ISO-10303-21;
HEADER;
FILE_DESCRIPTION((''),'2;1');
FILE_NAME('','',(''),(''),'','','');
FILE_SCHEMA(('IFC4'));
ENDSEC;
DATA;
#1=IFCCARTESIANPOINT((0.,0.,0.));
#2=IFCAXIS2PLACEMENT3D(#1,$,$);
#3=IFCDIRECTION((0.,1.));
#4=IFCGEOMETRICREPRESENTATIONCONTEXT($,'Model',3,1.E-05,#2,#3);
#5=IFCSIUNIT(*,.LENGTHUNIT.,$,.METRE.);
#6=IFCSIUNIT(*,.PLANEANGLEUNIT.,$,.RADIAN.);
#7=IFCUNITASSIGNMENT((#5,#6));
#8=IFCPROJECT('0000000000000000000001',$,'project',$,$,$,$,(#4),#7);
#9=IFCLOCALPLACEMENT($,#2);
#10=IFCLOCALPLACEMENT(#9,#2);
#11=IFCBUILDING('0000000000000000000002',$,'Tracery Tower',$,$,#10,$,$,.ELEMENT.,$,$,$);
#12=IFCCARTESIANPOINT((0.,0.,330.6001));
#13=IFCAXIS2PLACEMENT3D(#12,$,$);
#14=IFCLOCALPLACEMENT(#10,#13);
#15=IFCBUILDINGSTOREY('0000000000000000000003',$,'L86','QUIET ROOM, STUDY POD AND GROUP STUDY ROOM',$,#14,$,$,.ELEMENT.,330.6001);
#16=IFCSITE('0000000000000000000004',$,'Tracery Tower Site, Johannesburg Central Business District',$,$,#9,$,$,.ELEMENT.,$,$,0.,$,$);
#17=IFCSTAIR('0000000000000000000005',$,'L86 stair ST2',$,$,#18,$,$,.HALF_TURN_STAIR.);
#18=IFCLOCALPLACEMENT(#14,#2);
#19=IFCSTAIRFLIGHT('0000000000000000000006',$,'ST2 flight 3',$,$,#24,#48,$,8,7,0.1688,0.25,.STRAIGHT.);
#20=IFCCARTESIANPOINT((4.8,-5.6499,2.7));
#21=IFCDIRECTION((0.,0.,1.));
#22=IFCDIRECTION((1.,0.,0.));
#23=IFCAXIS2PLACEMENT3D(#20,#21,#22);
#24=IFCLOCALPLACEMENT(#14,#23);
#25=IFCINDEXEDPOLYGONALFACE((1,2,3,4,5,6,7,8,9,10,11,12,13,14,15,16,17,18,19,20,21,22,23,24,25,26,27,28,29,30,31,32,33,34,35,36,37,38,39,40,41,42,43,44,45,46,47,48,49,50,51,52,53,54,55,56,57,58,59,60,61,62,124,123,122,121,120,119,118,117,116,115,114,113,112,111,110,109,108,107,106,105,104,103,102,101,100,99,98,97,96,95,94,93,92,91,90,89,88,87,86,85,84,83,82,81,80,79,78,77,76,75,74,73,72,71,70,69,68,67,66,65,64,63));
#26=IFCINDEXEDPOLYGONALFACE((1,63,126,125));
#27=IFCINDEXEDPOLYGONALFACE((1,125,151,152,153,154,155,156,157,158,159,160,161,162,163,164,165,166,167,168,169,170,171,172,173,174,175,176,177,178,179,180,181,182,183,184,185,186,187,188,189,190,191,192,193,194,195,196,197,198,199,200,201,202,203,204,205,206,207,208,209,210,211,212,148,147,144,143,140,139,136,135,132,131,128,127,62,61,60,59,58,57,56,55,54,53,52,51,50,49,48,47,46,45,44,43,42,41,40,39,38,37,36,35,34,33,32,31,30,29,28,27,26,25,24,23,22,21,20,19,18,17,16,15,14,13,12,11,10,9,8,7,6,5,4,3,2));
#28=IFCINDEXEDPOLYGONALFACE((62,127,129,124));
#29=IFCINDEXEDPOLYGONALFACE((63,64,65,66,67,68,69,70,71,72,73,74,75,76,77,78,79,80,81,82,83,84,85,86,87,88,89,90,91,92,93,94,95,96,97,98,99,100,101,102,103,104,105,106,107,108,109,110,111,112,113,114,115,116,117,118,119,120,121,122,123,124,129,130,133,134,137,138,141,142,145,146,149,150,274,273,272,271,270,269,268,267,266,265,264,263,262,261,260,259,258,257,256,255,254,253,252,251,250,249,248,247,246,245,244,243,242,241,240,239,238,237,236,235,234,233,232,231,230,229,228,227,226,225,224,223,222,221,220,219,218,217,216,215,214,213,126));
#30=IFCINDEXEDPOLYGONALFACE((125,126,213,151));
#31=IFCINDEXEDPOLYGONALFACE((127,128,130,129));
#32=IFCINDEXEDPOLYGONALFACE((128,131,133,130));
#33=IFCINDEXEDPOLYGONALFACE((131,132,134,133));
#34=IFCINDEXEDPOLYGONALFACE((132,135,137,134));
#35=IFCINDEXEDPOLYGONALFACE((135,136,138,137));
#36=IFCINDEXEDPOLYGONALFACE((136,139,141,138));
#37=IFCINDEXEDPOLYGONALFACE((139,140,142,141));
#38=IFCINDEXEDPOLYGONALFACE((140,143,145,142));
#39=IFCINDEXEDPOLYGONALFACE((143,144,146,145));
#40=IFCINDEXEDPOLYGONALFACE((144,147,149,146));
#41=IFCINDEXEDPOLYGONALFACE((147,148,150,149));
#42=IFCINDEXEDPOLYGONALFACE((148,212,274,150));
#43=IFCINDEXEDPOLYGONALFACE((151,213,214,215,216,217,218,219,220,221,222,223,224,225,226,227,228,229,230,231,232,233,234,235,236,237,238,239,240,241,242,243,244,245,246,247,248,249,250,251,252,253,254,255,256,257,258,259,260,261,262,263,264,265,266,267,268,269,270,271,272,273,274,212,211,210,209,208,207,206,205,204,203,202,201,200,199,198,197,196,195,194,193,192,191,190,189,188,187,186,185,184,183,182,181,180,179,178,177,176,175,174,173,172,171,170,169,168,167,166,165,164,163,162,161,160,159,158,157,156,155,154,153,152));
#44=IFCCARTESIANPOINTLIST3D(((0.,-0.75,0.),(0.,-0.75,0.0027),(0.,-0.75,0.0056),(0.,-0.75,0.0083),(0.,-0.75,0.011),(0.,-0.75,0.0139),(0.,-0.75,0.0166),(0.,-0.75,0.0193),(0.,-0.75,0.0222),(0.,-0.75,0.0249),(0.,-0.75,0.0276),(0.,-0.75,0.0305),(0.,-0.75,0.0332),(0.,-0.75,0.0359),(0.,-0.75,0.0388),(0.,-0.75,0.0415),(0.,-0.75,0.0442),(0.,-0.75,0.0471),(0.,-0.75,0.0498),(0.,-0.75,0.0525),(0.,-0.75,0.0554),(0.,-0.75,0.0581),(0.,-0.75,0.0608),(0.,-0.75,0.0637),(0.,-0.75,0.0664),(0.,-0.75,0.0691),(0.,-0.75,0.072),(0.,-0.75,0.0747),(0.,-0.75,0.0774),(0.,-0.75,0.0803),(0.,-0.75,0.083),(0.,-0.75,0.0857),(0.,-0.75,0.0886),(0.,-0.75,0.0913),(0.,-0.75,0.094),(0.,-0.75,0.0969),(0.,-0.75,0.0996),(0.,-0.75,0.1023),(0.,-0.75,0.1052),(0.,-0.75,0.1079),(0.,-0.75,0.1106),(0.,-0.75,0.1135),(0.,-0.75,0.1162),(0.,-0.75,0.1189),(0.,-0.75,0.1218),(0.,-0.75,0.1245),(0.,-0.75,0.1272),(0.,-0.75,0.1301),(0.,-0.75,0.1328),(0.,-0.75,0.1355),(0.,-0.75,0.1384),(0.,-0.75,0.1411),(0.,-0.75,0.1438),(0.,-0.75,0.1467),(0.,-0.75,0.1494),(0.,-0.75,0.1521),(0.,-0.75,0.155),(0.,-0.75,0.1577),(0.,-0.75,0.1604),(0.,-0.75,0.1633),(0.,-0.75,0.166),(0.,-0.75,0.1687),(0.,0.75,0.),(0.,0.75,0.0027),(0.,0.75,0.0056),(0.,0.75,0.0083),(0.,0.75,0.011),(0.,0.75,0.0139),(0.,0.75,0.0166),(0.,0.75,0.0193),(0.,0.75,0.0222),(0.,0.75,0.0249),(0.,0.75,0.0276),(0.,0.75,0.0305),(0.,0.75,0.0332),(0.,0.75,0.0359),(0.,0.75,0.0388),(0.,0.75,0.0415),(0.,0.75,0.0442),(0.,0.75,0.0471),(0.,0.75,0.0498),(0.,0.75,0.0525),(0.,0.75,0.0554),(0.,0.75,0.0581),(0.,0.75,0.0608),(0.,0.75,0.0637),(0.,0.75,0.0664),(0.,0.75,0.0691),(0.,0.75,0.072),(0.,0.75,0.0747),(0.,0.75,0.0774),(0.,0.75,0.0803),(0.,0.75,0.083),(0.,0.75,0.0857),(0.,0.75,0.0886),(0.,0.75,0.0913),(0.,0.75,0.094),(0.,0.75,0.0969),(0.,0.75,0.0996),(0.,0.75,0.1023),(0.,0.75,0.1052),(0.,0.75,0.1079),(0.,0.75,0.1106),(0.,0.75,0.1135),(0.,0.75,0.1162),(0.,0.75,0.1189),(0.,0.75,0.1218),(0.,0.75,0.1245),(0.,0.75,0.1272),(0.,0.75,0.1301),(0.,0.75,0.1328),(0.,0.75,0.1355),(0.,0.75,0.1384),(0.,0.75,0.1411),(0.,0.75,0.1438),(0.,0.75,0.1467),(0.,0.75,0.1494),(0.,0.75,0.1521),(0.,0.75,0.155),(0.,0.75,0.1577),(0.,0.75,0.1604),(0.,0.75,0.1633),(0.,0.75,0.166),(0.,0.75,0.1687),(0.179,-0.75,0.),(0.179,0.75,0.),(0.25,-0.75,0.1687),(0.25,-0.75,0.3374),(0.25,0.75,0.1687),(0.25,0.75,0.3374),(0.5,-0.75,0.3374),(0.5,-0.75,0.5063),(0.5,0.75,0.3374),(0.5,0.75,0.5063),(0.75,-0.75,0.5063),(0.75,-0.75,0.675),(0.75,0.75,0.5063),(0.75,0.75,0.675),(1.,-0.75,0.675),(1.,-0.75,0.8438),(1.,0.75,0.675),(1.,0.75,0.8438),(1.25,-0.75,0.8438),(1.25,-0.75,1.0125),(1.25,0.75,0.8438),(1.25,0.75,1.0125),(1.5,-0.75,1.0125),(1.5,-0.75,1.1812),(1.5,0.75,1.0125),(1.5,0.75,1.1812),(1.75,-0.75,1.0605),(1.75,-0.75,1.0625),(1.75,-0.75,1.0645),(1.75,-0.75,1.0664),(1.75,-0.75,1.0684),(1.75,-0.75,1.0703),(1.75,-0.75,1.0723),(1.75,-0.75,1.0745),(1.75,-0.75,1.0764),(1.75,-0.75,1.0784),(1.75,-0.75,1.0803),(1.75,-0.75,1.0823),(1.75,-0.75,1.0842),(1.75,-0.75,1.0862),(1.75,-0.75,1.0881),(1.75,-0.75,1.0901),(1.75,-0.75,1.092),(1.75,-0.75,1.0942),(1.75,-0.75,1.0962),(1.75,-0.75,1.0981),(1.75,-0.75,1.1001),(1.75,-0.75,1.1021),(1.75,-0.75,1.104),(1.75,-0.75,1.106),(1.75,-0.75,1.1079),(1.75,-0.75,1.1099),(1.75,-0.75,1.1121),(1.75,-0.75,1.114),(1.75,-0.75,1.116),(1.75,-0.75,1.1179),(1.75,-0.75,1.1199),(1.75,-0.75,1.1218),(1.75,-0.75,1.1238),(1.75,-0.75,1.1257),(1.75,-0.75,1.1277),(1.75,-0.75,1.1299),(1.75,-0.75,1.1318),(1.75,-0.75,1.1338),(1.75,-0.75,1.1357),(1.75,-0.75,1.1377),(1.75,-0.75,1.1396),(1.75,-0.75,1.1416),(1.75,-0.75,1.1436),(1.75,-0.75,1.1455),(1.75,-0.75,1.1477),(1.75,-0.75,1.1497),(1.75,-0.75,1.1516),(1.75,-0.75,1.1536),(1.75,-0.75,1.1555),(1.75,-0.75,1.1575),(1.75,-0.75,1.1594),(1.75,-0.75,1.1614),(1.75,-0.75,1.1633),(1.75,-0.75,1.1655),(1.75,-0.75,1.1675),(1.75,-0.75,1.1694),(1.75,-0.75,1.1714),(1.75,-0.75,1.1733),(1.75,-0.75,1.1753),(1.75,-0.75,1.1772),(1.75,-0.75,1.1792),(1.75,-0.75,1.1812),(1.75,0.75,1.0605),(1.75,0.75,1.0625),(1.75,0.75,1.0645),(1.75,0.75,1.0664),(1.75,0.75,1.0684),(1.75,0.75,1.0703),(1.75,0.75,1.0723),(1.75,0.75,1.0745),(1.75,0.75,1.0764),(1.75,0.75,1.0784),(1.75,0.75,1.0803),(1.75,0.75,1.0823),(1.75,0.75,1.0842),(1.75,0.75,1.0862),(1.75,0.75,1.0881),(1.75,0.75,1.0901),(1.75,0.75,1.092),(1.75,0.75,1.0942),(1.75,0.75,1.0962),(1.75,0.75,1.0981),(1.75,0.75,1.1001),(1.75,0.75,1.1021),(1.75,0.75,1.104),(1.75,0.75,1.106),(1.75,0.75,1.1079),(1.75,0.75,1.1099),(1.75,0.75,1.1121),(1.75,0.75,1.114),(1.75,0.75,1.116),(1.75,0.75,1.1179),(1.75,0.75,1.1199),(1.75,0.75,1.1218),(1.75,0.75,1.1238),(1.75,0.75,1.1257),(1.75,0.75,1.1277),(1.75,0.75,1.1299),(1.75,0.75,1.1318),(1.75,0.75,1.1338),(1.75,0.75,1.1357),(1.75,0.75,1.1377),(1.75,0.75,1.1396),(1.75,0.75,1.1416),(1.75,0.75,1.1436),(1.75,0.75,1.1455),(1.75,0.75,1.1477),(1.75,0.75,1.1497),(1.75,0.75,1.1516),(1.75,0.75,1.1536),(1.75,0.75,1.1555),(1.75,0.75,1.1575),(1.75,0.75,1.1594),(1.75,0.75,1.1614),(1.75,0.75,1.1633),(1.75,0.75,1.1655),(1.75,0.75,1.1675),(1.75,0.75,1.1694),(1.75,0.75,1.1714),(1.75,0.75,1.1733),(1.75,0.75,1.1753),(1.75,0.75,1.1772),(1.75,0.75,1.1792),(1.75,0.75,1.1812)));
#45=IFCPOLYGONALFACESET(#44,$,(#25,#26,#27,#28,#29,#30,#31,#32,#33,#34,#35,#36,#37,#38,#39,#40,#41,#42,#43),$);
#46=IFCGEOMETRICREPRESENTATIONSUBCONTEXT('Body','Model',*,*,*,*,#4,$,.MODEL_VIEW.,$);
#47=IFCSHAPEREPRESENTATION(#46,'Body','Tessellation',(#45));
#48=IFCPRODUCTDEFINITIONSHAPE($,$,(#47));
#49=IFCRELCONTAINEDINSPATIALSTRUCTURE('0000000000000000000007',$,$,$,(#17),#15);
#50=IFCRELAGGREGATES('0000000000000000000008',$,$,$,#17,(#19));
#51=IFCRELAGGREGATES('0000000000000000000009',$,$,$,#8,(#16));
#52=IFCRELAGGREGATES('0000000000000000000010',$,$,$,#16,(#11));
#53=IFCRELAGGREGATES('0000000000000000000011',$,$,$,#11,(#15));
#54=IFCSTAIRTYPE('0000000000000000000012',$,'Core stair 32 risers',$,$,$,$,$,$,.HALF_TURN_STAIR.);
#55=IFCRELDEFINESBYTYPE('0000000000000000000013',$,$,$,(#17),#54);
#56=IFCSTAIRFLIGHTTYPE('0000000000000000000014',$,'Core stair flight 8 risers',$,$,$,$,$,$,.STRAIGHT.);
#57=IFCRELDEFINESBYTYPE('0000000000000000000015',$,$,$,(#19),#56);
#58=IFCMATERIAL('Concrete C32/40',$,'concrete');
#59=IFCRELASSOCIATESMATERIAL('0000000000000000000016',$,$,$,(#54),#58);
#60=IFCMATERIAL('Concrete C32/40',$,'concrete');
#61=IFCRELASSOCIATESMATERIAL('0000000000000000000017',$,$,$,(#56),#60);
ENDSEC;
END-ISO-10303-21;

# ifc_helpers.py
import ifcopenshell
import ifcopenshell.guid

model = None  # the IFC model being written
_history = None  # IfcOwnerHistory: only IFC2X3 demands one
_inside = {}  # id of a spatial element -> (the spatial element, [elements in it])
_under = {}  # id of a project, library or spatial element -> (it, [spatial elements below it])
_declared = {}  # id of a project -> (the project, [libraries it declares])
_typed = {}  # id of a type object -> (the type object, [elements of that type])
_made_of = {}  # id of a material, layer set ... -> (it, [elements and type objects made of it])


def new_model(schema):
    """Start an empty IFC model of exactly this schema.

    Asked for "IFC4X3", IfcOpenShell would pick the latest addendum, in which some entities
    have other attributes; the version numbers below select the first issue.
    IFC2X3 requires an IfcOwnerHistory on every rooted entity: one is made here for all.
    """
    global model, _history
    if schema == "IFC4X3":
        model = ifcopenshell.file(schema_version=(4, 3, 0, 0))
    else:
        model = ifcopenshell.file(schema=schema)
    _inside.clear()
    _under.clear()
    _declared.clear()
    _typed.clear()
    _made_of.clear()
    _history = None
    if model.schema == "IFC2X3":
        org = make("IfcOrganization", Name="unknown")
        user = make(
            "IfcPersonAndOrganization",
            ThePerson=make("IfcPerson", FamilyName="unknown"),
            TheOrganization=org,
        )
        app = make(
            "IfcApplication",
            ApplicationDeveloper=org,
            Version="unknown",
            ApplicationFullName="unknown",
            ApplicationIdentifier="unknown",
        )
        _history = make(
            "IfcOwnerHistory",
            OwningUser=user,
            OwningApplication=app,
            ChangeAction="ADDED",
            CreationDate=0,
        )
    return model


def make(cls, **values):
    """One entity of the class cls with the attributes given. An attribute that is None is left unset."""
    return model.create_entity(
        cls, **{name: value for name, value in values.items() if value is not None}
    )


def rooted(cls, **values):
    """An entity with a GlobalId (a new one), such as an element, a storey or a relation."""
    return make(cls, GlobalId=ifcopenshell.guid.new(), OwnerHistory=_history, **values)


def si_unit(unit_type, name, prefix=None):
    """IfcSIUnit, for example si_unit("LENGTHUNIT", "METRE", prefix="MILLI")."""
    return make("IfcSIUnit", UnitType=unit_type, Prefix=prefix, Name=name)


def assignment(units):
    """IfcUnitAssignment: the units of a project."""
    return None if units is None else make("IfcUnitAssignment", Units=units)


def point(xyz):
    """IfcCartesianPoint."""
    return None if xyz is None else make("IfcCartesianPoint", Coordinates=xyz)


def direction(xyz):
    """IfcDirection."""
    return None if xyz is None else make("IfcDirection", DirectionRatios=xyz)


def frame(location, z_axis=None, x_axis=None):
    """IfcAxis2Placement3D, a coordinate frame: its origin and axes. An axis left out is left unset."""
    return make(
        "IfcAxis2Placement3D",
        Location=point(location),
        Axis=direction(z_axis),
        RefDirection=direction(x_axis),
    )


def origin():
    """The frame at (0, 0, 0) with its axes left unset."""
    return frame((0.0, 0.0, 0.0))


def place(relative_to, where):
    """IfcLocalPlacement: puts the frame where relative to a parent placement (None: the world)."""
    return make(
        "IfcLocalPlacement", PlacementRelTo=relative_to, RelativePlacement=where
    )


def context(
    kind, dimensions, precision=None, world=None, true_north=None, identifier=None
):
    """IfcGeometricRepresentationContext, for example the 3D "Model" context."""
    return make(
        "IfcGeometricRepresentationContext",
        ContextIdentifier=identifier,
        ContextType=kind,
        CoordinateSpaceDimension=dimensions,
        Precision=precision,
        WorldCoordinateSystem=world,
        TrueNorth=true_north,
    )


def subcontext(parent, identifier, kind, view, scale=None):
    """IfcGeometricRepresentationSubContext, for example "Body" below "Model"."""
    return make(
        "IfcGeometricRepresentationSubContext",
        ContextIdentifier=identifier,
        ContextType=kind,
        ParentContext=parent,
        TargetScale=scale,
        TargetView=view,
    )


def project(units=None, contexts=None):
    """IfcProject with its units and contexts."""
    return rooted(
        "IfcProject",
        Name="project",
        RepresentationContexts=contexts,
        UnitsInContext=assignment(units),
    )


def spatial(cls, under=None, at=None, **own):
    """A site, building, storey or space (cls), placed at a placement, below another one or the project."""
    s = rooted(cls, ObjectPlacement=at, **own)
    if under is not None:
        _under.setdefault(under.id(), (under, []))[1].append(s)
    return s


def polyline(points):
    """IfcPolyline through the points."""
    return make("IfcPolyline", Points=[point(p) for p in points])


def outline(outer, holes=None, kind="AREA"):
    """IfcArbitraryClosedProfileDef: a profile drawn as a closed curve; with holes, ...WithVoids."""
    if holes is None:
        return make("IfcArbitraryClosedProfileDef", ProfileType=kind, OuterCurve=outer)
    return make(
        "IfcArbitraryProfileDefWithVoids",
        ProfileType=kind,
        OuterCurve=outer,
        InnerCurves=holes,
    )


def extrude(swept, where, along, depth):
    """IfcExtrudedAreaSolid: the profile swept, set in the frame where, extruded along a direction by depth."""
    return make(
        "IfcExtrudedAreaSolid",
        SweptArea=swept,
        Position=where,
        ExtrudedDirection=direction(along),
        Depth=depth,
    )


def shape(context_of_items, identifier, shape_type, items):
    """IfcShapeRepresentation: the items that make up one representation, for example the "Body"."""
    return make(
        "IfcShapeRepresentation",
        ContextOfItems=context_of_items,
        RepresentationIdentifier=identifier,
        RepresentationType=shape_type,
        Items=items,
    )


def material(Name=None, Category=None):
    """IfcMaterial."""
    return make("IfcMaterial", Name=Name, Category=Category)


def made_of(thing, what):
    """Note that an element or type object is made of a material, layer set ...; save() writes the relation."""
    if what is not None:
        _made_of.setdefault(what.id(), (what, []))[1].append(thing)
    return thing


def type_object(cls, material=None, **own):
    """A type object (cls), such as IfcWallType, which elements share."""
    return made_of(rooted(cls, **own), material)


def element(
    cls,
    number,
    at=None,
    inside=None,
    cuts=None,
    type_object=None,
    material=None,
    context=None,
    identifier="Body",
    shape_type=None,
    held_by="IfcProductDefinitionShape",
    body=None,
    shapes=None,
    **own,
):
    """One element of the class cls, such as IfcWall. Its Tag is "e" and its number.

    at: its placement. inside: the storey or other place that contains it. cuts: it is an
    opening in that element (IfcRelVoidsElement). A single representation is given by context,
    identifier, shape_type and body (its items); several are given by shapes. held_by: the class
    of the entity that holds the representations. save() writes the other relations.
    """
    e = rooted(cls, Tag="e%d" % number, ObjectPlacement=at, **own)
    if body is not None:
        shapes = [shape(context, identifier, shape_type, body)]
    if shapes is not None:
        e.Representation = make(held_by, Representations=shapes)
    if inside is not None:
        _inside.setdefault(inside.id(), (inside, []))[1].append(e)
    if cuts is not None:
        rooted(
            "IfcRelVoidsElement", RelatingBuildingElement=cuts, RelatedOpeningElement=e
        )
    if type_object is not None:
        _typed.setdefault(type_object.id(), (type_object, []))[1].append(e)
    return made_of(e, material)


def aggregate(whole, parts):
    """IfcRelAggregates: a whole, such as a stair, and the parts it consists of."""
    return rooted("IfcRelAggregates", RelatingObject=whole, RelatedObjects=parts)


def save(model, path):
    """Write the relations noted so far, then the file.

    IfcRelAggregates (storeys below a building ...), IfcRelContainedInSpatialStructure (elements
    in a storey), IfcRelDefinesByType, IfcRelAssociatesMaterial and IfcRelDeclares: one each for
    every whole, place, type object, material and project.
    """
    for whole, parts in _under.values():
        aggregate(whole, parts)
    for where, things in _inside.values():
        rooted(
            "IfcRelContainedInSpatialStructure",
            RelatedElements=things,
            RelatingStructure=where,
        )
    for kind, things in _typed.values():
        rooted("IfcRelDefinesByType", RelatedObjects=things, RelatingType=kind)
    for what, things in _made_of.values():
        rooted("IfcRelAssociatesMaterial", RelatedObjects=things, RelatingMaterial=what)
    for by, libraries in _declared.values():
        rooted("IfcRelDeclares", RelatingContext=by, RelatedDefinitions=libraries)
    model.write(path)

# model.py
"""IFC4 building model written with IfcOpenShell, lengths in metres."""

from ifc_helpers import new_model, si_unit, direction, frame, origin, place, context, subcontext, project, spatial, polyline, outline, extrude, material, type_object, element, aggregate, save


model = new_model("IFC4")

# Units and contexts
model_context = context("Model", 3, precision=1e-05, world=origin(), true_north=direction((0.0, 1.0)))
body_context = subcontext(model_context, "Body", "Model", "MODEL_VIEW")
ifc_project = project(units=[si_unit("LENGTHUNIT", "METRE"), si_unit("PLANEANGLEUNIT", "RADIAN")], contexts=[model_context])

# Site, building, storey
site_placement = place(None, origin())
site = spatial("IfcSite", under=ifc_project, at=site_placement, Name="Tracery Tower Site, Johannesburg Central Business District", CompositionType="ELEMENT", RefElevation=0.0)
building_placement = place(site_placement, origin())
building = spatial("IfcBuilding", under=site, at=building_placement, Name="Tracery Tower", CompositionType="ELEMENT")
storey_placement = place(building_placement, frame((0.0, 0.0, 330.6001)))
storey = spatial("IfcBuildingStorey", under=building, at=storey_placement, Name="L86", Description="QUIET ROOM, STUDY POD AND GROUP STUDY ROOM", CompositionType="ELEMENT", Elevation=330.6001)

# Stair, stair flight
ifc_material_1 = material(Name="Concrete C32/40", Category="concrete")
stair_type = type_object("IfcStairType", Name="Core stair 32 risers", PredefinedType="HALF_TURN_STAIR", material=ifc_material_1)
stair_placement = place(storey_placement, origin())
stair = element("IfcStair", 1, at=stair_placement, inside=storey, type_object=stair_type, Name="L86 stair ST2", PredefinedType="HALF_TURN_STAIR")
ifc_material_2 = material(Name="Concrete C32/40", Category="concrete")
stair_flight_type = type_object("IfcStairFlightType", Name="Core stair flight 8 risers", PredefinedType="STRAIGHT", material=ifc_material_2)
stair_flight_1_placement = place(storey_placement, frame((4.8, -5.6499, 2.7), z_axis=(0.0, 0.0, 1.0), x_axis=(1.0, 0.0, 0.0)))
stair_flight_1 = element("IfcStairFlight", 2, at=stair_flight_1_placement, type_object=stair_flight_type, Name="ST2 flight 3", NumberOfRisers=8, NumberOfTreads=7, PredefinedType="STRAIGHT", RiserHeight=0.1688, TreadLength=0.25, context=body_context, shape_type="SweptSolid", body=[
    extrude(outline(polyline([(0.0, 0.0), (0.0, 0.0027), (0.0, 0.0056), (0.0, 0.0083), (0.0, 0.011), (0.0, 0.0139), (0.0, 0.0166), (0.0, 0.0193), (0.0, 0.0222), (0.0, 0.0249), (0.0, 0.0276), (0.0, 0.0305), (0.0, 0.0332), (0.0, 0.0359), (0.0, 0.0388), (0.0, 0.0415), (0.0, 0.0442), (0.0, 0.0471), (0.0, 0.0498), (0.0, 0.0525), (0.0, 0.0554), (0.0, 0.0581), (0.0, 0.0608), (0.0, 0.0637), (0.0, 0.0664), (0.0, 0.0691), (0.0, 0.072), (0.0, 0.0747), (0.0, 0.0774), (0.0, 0.0803), (0.0, 0.083), (0.0, 0.0857), (0.0, 0.0886), (0.0, 0.0913), (0.0, 0.094), (0.0, 0.0969), (0.0, 0.0996), (0.0, 0.1023), (0.0, 0.1052), (0.0, 0.1079), (0.0, 0.1106), (0.0, 0.1135), (0.0, 0.1162), (0.0, 0.1189), (0.0, 0.1218), (0.0, 0.1245), (0.0, 0.1272), (0.0, 0.1301), (0.0, 0.1328), (0.0, 0.1355), (0.0, 0.1384), (0.0, 0.1411), (0.0, 0.1438), (0.0, 0.1467), (0.0, 0.1494), (0.0, 0.1521), (0.0, 0.155), (0.0, 0.1577), (0.0, 0.1604), (0.0, 0.1633), (0.0, 0.166), (0.0, 0.1687), (0.25, 0.1687), (0.25, 0.3374), (0.5, 0.3374), (0.5, 0.5063), (0.75, 0.5063), (0.75, 0.675), (1.0, 0.675), (1.0, 0.8438), (1.25, 0.8438), (1.25, 1.0125), (1.5, 1.0125), (1.5, 1.1812), (1.75, 1.1812), (1.75, 1.1792), (1.75, 1.1772), (1.75, 1.1753), (1.75, 1.1733), (1.75, 1.1714), (1.75, 1.1694), (1.75, 1.1675), (1.75, 1.1655), (1.75, 1.1633), (1.75, 1.1614), (1.75, 1.1594), (1.75, 1.1575), (1.75, 1.1555), (1.75, 1.1536), (1.75, 1.1516), (1.75, 1.1497), (1.75, 1.1477), (1.75, 1.1455), (1.75, 1.1436), (1.75, 1.1416), (1.75, 1.1396), (1.75, 1.1377), (1.75, 1.1357), (1.75, 1.1338), (1.75, 1.1318), (1.75, 1.1299), (1.75, 1.1277), (1.75, 1.1257), (1.75, 1.1238), (1.75, 1.1218), (1.75, 1.1199), (1.75, 1.1179), (1.75, 1.116), (1.75, 1.114), (1.75, 1.1121), (1.75, 1.1099), (1.75, 1.1079), (1.75, 1.106), (1.75, 1.104), (1.75, 1.1021), (1.75, 1.1001), (1.75, 1.0981), (1.75, 1.0962), (1.75, 1.0942), (1.75, 1.092), (1.75, 1.0901), (1.75, 1.0881), (1.75, 1.0862), (1.75, 1.0842), (1.75, 1.0823), (1.75, 1.0803), (1.75, 1.0784), (1.75, 1.0764), (1.75, 1.0745), (1.75, 1.0723), (1.75, 1.0703), (1.75, 1.0684), (1.75, 1.0664), (1.75, 1.0645), (1.75, 1.0625), (1.75, 1.0605), (0.179, 0.0), (0.0, 0.0)])), frame((0.0, 0.75, 0.0), z_axis=(0.0, -1.0, 0.0), x_axis=(1.0, 0.0, 0.0)), (0.0, 0.0, 1.0), 1.5),
])
aggregate(stair, [stair_flight_1])

save(model, "model.ifc")
